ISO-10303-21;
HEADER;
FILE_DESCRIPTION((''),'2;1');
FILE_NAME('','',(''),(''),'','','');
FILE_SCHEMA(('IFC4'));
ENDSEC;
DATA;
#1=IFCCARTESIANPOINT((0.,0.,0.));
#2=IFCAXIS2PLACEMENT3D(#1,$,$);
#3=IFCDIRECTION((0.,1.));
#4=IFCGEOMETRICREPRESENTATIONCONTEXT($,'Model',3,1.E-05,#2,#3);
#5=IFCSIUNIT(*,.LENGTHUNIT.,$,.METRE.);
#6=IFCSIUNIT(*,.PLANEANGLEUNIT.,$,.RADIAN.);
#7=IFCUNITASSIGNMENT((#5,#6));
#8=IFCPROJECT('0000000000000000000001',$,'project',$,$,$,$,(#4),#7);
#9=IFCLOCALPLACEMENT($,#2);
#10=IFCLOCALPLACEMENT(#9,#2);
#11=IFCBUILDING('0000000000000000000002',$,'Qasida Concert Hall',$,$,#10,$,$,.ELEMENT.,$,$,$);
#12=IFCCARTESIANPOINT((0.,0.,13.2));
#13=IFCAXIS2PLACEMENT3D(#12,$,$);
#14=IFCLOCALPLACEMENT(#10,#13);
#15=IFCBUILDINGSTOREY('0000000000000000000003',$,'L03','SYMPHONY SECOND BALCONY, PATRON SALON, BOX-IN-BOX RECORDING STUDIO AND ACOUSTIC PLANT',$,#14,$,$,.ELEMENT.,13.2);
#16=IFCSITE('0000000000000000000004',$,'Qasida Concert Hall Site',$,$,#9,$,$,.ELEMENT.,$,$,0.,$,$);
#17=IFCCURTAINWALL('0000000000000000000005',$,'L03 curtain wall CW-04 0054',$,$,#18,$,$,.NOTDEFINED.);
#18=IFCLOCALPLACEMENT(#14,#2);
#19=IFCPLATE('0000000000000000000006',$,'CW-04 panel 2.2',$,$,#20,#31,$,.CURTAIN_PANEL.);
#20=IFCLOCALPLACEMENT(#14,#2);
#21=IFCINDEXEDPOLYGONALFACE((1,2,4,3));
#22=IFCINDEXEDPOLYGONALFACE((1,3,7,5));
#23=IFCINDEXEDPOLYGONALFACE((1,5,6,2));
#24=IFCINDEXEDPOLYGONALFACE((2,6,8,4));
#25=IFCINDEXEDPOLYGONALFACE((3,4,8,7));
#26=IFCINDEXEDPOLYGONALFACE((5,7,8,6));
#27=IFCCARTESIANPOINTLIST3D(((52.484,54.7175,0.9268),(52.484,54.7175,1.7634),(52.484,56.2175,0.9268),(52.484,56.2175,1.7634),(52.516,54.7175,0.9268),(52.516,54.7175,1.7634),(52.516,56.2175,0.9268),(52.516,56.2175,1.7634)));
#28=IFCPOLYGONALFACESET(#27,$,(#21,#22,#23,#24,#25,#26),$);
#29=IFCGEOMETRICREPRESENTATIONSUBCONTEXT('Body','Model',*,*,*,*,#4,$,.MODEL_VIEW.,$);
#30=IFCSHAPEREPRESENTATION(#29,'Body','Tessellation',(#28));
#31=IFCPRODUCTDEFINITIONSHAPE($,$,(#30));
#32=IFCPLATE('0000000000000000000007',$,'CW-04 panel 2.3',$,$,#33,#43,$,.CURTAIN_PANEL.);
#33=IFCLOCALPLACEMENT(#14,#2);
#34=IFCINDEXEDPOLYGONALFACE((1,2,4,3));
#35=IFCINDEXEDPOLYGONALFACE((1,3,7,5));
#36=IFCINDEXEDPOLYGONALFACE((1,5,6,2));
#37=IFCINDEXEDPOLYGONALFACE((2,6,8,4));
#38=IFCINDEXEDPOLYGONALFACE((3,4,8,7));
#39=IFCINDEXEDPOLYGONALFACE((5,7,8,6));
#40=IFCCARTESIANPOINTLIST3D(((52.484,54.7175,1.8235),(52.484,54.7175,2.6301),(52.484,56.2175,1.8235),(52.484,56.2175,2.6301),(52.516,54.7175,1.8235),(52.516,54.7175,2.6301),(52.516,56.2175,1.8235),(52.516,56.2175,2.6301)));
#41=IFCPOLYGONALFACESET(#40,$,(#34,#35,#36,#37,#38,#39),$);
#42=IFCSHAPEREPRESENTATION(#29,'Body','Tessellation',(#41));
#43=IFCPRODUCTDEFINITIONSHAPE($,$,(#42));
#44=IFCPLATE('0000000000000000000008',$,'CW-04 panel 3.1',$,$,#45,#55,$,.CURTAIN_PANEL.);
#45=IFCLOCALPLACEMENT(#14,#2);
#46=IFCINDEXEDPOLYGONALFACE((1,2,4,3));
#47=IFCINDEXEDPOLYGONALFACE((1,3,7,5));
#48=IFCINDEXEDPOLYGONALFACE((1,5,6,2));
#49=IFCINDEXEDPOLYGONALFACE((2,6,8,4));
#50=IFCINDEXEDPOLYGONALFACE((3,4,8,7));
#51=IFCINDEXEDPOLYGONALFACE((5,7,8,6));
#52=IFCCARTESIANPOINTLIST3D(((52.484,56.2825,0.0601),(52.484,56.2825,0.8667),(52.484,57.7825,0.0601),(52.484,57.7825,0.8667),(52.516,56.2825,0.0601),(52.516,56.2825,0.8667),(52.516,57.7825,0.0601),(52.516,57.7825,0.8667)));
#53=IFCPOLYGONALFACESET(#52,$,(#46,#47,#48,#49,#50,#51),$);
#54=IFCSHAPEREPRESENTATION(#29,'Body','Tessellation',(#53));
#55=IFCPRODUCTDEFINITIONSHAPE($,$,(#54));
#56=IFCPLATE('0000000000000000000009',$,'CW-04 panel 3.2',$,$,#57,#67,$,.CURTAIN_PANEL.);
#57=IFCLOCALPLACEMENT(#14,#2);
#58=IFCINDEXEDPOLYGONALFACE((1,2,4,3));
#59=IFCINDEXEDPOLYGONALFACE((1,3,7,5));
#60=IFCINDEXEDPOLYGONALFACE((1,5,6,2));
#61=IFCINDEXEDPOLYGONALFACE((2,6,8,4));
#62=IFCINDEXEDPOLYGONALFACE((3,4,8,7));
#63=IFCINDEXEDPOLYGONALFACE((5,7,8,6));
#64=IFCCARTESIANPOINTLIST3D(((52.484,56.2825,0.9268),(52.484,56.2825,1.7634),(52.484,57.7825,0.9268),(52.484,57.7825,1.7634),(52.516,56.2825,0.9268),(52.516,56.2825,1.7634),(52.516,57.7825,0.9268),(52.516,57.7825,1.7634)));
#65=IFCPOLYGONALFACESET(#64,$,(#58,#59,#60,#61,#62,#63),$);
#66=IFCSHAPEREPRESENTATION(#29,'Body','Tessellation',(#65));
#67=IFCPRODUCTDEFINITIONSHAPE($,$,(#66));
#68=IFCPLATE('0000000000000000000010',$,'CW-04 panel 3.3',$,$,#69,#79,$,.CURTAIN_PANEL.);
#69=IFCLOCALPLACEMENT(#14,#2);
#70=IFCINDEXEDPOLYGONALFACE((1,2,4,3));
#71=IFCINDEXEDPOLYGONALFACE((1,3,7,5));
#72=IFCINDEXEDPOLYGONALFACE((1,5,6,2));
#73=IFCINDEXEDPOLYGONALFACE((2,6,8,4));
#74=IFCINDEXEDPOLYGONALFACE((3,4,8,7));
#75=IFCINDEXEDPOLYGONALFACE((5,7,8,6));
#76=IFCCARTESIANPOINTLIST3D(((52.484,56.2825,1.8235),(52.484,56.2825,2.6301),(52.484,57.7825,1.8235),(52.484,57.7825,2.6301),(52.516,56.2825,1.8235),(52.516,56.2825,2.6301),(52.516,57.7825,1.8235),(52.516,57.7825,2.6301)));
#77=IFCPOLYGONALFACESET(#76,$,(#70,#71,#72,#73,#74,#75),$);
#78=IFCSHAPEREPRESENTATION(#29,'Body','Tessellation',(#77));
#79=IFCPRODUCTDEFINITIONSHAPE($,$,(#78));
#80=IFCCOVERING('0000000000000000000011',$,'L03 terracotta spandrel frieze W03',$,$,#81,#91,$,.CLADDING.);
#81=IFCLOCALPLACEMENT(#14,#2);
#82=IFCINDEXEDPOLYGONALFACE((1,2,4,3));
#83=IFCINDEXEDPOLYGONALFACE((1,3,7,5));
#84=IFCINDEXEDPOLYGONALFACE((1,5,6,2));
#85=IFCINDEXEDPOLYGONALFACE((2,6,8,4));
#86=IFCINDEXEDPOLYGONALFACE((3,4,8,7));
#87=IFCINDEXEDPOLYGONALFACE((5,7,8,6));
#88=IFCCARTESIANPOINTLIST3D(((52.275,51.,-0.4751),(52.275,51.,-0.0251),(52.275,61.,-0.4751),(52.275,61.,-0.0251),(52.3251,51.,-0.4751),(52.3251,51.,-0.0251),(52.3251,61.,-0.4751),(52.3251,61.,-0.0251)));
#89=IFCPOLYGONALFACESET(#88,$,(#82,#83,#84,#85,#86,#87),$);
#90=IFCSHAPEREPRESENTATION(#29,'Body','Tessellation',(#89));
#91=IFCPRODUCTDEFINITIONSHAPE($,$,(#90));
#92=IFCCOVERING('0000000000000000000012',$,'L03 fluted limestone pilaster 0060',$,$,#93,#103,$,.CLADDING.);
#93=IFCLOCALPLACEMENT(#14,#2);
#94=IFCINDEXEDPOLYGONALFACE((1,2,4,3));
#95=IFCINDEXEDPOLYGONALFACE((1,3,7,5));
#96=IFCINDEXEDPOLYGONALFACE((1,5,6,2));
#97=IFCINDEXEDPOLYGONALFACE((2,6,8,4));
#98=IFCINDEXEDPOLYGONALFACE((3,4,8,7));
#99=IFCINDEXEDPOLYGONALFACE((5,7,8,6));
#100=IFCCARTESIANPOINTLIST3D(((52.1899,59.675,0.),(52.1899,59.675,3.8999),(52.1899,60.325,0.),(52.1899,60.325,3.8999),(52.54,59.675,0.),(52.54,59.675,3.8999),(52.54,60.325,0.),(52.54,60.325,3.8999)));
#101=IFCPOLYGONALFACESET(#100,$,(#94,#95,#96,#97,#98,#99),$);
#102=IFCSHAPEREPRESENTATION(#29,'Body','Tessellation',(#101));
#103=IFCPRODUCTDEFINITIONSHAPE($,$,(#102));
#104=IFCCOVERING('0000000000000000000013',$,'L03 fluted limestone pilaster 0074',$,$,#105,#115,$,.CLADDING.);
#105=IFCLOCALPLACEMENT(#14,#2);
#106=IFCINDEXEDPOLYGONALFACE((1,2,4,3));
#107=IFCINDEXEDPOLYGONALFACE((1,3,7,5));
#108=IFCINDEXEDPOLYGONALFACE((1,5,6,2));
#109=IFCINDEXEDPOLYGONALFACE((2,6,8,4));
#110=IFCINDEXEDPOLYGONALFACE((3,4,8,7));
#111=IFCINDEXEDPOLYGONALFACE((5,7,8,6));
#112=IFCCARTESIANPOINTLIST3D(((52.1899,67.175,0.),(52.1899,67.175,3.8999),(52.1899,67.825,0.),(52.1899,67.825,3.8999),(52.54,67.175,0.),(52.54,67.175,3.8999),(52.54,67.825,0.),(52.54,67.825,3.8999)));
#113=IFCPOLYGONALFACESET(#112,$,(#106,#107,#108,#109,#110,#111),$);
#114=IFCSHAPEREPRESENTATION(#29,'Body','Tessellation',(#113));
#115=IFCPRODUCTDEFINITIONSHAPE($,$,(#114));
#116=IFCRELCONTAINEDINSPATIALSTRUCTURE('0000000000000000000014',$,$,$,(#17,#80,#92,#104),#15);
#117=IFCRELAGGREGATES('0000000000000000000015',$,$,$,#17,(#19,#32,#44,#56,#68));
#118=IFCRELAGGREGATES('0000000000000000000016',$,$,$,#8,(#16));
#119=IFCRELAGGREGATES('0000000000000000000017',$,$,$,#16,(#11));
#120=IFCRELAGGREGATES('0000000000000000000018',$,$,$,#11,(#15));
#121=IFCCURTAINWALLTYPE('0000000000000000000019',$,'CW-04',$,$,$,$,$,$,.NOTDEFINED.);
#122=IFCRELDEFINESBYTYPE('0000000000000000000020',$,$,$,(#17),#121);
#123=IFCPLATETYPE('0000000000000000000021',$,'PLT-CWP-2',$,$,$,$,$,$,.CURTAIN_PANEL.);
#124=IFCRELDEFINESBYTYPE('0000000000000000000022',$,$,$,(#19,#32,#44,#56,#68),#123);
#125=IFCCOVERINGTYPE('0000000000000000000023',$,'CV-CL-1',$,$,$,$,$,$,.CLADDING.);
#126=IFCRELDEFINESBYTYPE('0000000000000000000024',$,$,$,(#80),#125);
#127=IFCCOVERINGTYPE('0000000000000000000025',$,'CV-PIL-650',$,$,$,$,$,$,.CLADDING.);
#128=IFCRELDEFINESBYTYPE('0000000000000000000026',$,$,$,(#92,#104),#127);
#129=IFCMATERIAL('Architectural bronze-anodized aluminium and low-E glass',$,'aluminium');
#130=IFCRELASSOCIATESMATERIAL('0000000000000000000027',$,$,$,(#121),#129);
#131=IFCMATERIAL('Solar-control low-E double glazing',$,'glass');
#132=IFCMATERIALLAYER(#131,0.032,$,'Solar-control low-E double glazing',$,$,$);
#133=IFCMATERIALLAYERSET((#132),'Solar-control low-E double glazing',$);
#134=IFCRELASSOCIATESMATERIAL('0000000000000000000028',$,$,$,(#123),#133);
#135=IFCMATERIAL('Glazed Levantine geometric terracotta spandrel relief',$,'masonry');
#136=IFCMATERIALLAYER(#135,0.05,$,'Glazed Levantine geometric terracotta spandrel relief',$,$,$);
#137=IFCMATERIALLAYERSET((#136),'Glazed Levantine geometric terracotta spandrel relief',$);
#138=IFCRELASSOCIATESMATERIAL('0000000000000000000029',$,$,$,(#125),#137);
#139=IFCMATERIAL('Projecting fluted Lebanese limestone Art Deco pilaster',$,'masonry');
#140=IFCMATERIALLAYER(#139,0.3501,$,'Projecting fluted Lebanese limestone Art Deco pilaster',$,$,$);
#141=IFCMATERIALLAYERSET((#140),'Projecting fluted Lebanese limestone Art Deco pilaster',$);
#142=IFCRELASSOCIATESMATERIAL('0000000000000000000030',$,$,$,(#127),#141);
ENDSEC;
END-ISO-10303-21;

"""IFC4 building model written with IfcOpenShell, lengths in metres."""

from ifc_helpers import new_model, si_unit, direction, frame, origin, origin_2d, place, context, subcontext, project, spatial, rectangle, extrude, material, layer, layer_set, type_object, element, aggregate, save


model = new_model("IFC4")

# Units and contexts
model_context = context("Model", 3, precision=1e-05, world=origin(), true_north=direction((0.0, 1.0)))
body_context = subcontext(model_context, "Body", "Model", "MODEL_VIEW")
ifc_project = project(units=[si_unit("LENGTHUNIT", "METRE"), si_unit("PLANEANGLEUNIT", "RADIAN")], contexts=[model_context])

# Site, building, storey
site_placement = place(None, origin())
site = spatial("IfcSite", under=ifc_project, at=site_placement, Name="Qasida Concert Hall Site", CompositionType="ELEMENT", RefElevation=0.0)
building_placement = place(site_placement, origin())
building = spatial("IfcBuilding", under=site, at=building_placement, Name="Qasida Concert Hall", CompositionType="ELEMENT")
storey_placement = place(building_placement, frame((0.0, 0.0, 13.2)))
storey = spatial("IfcBuildingStorey", under=building, at=storey_placement, Name="L03", Description="SYMPHONY SECOND BALCONY, PATRON SALON, BOX-IN-BOX RECORDING STUDIO AND ACOUSTIC PLANT", CompositionType="ELEMENT", Elevation=13.2)

# Curtain wall, plates
ifc_material_1 = material(Name="Architectural bronze-anodized aluminium and low-E glass", Category="aluminium")
curtain_wall_type = type_object("IfcCurtainWallType", Name="CW-04", PredefinedType="NOTDEFINED", material=ifc_material_1)
curtain_wall_placement = place(storey_placement, origin())
curtain_wall = element("IfcCurtainWall", 1, at=curtain_wall_placement, inside=storey, type_object=curtain_wall_type, Name="L03 curtain wall CW-04 0054", PredefinedType="NOTDEFINED")
ifc_material_2 = material(Name="Solar-control low-E double glazing", Category="glass")
ifc_layer_1 = layer(ifc_material_2, 0.032, Name="Solar-control low-E double glazing")
ifc_layer_set_1 = layer_set([ifc_layer_1], Name="Solar-control low-E double glazing")
plate_type = type_object("IfcPlateType", Name="PLT-CWP-2", PredefinedType="CURTAIN_PANEL", material=ifc_layer_set_1)
plate_1_placement = place(storey_placement, frame((52.5, 55.4675, 0.9268), z_axis=(0.0, 0.0, 1.0), x_axis=(0.0, 1.0, 0.0)))
plate_1 = element("IfcPlate", 2, at=plate_1_placement, type_object=plate_type, Name="CW-04 panel 2.2", PredefinedType="CURTAIN_PANEL", context=body_context, shape_type="SweptSolid", body=[
    extrude(rectangle(XDim=1.5, YDim=0.032, at=origin_2d()), origin(), (0.0, 0.0, 1.0), 0.8367),
])
plate_2_placement = place(storey_placement, frame((52.5, 55.4675, 1.8235), z_axis=(0.0, 0.0, 1.0), x_axis=(0.0, 1.0, 0.0)))
plate_2 = element("IfcPlate", 3, at=plate_2_placement, type_object=plate_type, Name="CW-04 panel 2.3", PredefinedType="CURTAIN_PANEL", context=body_context, shape_type="SweptSolid", body=[
    extrude(rectangle(XDim=1.5, YDim=0.032, at=origin_2d()), origin(), (0.0, 0.0, 1.0), 0.8066),
])
plate_3_placement = place(storey_placement, frame((52.5, 57.0325, 0.0601), z_axis=(0.0, 0.0, 1.0), x_axis=(0.0, 1.0, 0.0)))
plate_3 = element("IfcPlate", 4, at=plate_3_placement, type_object=plate_type, Name="CW-04 panel 3.1", PredefinedType="CURTAIN_PANEL", context=body_context, shape_type="SweptSolid", body=[
    extrude(rectangle(XDim=1.5, YDim=0.032, at=origin_2d()), origin(), (0.0, 0.0, 1.0), 0.8066),
])
plate_4_placement = place(storey_placement, frame((52.5, 57.0325, 0.9268), z_axis=(0.0, 0.0, 1.0), x_axis=(0.0, 1.0, 0.0)))
plate_4 = element("IfcPlate", 5, at=plate_4_placement, type_object=plate_type, Name="CW-04 panel 3.2", PredefinedType="CURTAIN_PANEL", context=body_context, shape_type="SweptSolid", body=[
    extrude(rectangle(XDim=1.5, YDim=0.032, at=origin_2d()), origin(), (0.0, 0.0, 1.0), 0.8367),
])
plate_5_placement = place(storey_placement, frame((52.5, 57.0325, 1.8235), z_axis=(0.0, 0.0, 1.0), x_axis=(0.0, 1.0, 0.0)))
plate_5 = element("IfcPlate", 6, at=plate_5_placement, type_object=plate_type, Name="CW-04 panel 3.3", PredefinedType="CURTAIN_PANEL", context=body_context, shape_type="SweptSolid", body=[
    extrude(rectangle(XDim=1.5, YDim=0.032, at=origin_2d()), origin(), (0.0, 0.0, 1.0), 0.8066),
])
aggregate(curtain_wall, [plate_1, plate_2, plate_3, plate_4, plate_5])

# Coverings
ifc_material_3 = material(Name="Glazed Levantine geometric terracotta spandrel relief", Category="masonry")
ifc_layer_2 = layer(ifc_material_3, 0.05, Name="Glazed Levantine geometric terracotta spandrel relief")
ifc_layer_set_2 = layer_set([ifc_layer_2], Name="Glazed Levantine geometric terracotta spandrel relief")
covering_type_1 = type_object("IfcCoveringType", Name="CV-CL-1", PredefinedType="CLADDING", material=ifc_layer_set_2)
covering_placement = place(storey_placement, frame((52.3, 56.0, -0.4751), z_axis=(0.0, 0.0, 1.0), x_axis=(1.0, 0.0, 0.0)))
element("IfcCovering", 7, at=covering_placement, inside=storey, type_object=covering_type_1, Name="L03 terracotta spandrel frieze W03", PredefinedType="CLADDING", context=body_context, shape_type="SweptSolid", body=[
    extrude(rectangle(XDim=0.05, YDim=10.0, at=origin_2d()), origin(), (0.0, 0.0, 1.0), 0.45),
])
ifc_material_4 = material(Name="Projecting fluted Lebanese limestone Art Deco pilaster", Category="masonry")
ifc_layer_3 = layer(ifc_material_4, 0.3501, Name="Projecting fluted Lebanese limestone Art Deco pilaster")
ifc_layer_set_3 = layer_set([ifc_layer_3], Name="Projecting fluted Lebanese limestone Art Deco pilaster")
covering_type_2 = type_object("IfcCoveringType", Name="CV-PIL-650", PredefinedType="CLADDING", material=ifc_layer_set_3)
for number, where, z_axis, x_axis, name in (
    (8, (52.365, 60.0, 0.0), (0.0, 0.0, 1.0), (1.0, 0.0, 0.0), "L03 fluted limestone pilaster 0060"),
    (9, (52.365, 67.5, 0.0), (0.0, 0.0, 1.0), (1.0, 0.0, 0.0), "L03 fluted limestone pilaster 0074"),
):
    element("IfcCovering", number, at=place(storey_placement, frame(where, z_axis=z_axis, x_axis=x_axis)), inside=storey, type_object=covering_type_2, Name=name, PredefinedType="CLADDING", context=body_context, shape_type="SweptSolid", body=[
        extrude(rectangle(XDim=0.3501, YDim=0.6499, at=origin_2d()), origin(), (0.0, 0.0, 1.0), 3.8999),
    ])

save(model, "model.ifc")
